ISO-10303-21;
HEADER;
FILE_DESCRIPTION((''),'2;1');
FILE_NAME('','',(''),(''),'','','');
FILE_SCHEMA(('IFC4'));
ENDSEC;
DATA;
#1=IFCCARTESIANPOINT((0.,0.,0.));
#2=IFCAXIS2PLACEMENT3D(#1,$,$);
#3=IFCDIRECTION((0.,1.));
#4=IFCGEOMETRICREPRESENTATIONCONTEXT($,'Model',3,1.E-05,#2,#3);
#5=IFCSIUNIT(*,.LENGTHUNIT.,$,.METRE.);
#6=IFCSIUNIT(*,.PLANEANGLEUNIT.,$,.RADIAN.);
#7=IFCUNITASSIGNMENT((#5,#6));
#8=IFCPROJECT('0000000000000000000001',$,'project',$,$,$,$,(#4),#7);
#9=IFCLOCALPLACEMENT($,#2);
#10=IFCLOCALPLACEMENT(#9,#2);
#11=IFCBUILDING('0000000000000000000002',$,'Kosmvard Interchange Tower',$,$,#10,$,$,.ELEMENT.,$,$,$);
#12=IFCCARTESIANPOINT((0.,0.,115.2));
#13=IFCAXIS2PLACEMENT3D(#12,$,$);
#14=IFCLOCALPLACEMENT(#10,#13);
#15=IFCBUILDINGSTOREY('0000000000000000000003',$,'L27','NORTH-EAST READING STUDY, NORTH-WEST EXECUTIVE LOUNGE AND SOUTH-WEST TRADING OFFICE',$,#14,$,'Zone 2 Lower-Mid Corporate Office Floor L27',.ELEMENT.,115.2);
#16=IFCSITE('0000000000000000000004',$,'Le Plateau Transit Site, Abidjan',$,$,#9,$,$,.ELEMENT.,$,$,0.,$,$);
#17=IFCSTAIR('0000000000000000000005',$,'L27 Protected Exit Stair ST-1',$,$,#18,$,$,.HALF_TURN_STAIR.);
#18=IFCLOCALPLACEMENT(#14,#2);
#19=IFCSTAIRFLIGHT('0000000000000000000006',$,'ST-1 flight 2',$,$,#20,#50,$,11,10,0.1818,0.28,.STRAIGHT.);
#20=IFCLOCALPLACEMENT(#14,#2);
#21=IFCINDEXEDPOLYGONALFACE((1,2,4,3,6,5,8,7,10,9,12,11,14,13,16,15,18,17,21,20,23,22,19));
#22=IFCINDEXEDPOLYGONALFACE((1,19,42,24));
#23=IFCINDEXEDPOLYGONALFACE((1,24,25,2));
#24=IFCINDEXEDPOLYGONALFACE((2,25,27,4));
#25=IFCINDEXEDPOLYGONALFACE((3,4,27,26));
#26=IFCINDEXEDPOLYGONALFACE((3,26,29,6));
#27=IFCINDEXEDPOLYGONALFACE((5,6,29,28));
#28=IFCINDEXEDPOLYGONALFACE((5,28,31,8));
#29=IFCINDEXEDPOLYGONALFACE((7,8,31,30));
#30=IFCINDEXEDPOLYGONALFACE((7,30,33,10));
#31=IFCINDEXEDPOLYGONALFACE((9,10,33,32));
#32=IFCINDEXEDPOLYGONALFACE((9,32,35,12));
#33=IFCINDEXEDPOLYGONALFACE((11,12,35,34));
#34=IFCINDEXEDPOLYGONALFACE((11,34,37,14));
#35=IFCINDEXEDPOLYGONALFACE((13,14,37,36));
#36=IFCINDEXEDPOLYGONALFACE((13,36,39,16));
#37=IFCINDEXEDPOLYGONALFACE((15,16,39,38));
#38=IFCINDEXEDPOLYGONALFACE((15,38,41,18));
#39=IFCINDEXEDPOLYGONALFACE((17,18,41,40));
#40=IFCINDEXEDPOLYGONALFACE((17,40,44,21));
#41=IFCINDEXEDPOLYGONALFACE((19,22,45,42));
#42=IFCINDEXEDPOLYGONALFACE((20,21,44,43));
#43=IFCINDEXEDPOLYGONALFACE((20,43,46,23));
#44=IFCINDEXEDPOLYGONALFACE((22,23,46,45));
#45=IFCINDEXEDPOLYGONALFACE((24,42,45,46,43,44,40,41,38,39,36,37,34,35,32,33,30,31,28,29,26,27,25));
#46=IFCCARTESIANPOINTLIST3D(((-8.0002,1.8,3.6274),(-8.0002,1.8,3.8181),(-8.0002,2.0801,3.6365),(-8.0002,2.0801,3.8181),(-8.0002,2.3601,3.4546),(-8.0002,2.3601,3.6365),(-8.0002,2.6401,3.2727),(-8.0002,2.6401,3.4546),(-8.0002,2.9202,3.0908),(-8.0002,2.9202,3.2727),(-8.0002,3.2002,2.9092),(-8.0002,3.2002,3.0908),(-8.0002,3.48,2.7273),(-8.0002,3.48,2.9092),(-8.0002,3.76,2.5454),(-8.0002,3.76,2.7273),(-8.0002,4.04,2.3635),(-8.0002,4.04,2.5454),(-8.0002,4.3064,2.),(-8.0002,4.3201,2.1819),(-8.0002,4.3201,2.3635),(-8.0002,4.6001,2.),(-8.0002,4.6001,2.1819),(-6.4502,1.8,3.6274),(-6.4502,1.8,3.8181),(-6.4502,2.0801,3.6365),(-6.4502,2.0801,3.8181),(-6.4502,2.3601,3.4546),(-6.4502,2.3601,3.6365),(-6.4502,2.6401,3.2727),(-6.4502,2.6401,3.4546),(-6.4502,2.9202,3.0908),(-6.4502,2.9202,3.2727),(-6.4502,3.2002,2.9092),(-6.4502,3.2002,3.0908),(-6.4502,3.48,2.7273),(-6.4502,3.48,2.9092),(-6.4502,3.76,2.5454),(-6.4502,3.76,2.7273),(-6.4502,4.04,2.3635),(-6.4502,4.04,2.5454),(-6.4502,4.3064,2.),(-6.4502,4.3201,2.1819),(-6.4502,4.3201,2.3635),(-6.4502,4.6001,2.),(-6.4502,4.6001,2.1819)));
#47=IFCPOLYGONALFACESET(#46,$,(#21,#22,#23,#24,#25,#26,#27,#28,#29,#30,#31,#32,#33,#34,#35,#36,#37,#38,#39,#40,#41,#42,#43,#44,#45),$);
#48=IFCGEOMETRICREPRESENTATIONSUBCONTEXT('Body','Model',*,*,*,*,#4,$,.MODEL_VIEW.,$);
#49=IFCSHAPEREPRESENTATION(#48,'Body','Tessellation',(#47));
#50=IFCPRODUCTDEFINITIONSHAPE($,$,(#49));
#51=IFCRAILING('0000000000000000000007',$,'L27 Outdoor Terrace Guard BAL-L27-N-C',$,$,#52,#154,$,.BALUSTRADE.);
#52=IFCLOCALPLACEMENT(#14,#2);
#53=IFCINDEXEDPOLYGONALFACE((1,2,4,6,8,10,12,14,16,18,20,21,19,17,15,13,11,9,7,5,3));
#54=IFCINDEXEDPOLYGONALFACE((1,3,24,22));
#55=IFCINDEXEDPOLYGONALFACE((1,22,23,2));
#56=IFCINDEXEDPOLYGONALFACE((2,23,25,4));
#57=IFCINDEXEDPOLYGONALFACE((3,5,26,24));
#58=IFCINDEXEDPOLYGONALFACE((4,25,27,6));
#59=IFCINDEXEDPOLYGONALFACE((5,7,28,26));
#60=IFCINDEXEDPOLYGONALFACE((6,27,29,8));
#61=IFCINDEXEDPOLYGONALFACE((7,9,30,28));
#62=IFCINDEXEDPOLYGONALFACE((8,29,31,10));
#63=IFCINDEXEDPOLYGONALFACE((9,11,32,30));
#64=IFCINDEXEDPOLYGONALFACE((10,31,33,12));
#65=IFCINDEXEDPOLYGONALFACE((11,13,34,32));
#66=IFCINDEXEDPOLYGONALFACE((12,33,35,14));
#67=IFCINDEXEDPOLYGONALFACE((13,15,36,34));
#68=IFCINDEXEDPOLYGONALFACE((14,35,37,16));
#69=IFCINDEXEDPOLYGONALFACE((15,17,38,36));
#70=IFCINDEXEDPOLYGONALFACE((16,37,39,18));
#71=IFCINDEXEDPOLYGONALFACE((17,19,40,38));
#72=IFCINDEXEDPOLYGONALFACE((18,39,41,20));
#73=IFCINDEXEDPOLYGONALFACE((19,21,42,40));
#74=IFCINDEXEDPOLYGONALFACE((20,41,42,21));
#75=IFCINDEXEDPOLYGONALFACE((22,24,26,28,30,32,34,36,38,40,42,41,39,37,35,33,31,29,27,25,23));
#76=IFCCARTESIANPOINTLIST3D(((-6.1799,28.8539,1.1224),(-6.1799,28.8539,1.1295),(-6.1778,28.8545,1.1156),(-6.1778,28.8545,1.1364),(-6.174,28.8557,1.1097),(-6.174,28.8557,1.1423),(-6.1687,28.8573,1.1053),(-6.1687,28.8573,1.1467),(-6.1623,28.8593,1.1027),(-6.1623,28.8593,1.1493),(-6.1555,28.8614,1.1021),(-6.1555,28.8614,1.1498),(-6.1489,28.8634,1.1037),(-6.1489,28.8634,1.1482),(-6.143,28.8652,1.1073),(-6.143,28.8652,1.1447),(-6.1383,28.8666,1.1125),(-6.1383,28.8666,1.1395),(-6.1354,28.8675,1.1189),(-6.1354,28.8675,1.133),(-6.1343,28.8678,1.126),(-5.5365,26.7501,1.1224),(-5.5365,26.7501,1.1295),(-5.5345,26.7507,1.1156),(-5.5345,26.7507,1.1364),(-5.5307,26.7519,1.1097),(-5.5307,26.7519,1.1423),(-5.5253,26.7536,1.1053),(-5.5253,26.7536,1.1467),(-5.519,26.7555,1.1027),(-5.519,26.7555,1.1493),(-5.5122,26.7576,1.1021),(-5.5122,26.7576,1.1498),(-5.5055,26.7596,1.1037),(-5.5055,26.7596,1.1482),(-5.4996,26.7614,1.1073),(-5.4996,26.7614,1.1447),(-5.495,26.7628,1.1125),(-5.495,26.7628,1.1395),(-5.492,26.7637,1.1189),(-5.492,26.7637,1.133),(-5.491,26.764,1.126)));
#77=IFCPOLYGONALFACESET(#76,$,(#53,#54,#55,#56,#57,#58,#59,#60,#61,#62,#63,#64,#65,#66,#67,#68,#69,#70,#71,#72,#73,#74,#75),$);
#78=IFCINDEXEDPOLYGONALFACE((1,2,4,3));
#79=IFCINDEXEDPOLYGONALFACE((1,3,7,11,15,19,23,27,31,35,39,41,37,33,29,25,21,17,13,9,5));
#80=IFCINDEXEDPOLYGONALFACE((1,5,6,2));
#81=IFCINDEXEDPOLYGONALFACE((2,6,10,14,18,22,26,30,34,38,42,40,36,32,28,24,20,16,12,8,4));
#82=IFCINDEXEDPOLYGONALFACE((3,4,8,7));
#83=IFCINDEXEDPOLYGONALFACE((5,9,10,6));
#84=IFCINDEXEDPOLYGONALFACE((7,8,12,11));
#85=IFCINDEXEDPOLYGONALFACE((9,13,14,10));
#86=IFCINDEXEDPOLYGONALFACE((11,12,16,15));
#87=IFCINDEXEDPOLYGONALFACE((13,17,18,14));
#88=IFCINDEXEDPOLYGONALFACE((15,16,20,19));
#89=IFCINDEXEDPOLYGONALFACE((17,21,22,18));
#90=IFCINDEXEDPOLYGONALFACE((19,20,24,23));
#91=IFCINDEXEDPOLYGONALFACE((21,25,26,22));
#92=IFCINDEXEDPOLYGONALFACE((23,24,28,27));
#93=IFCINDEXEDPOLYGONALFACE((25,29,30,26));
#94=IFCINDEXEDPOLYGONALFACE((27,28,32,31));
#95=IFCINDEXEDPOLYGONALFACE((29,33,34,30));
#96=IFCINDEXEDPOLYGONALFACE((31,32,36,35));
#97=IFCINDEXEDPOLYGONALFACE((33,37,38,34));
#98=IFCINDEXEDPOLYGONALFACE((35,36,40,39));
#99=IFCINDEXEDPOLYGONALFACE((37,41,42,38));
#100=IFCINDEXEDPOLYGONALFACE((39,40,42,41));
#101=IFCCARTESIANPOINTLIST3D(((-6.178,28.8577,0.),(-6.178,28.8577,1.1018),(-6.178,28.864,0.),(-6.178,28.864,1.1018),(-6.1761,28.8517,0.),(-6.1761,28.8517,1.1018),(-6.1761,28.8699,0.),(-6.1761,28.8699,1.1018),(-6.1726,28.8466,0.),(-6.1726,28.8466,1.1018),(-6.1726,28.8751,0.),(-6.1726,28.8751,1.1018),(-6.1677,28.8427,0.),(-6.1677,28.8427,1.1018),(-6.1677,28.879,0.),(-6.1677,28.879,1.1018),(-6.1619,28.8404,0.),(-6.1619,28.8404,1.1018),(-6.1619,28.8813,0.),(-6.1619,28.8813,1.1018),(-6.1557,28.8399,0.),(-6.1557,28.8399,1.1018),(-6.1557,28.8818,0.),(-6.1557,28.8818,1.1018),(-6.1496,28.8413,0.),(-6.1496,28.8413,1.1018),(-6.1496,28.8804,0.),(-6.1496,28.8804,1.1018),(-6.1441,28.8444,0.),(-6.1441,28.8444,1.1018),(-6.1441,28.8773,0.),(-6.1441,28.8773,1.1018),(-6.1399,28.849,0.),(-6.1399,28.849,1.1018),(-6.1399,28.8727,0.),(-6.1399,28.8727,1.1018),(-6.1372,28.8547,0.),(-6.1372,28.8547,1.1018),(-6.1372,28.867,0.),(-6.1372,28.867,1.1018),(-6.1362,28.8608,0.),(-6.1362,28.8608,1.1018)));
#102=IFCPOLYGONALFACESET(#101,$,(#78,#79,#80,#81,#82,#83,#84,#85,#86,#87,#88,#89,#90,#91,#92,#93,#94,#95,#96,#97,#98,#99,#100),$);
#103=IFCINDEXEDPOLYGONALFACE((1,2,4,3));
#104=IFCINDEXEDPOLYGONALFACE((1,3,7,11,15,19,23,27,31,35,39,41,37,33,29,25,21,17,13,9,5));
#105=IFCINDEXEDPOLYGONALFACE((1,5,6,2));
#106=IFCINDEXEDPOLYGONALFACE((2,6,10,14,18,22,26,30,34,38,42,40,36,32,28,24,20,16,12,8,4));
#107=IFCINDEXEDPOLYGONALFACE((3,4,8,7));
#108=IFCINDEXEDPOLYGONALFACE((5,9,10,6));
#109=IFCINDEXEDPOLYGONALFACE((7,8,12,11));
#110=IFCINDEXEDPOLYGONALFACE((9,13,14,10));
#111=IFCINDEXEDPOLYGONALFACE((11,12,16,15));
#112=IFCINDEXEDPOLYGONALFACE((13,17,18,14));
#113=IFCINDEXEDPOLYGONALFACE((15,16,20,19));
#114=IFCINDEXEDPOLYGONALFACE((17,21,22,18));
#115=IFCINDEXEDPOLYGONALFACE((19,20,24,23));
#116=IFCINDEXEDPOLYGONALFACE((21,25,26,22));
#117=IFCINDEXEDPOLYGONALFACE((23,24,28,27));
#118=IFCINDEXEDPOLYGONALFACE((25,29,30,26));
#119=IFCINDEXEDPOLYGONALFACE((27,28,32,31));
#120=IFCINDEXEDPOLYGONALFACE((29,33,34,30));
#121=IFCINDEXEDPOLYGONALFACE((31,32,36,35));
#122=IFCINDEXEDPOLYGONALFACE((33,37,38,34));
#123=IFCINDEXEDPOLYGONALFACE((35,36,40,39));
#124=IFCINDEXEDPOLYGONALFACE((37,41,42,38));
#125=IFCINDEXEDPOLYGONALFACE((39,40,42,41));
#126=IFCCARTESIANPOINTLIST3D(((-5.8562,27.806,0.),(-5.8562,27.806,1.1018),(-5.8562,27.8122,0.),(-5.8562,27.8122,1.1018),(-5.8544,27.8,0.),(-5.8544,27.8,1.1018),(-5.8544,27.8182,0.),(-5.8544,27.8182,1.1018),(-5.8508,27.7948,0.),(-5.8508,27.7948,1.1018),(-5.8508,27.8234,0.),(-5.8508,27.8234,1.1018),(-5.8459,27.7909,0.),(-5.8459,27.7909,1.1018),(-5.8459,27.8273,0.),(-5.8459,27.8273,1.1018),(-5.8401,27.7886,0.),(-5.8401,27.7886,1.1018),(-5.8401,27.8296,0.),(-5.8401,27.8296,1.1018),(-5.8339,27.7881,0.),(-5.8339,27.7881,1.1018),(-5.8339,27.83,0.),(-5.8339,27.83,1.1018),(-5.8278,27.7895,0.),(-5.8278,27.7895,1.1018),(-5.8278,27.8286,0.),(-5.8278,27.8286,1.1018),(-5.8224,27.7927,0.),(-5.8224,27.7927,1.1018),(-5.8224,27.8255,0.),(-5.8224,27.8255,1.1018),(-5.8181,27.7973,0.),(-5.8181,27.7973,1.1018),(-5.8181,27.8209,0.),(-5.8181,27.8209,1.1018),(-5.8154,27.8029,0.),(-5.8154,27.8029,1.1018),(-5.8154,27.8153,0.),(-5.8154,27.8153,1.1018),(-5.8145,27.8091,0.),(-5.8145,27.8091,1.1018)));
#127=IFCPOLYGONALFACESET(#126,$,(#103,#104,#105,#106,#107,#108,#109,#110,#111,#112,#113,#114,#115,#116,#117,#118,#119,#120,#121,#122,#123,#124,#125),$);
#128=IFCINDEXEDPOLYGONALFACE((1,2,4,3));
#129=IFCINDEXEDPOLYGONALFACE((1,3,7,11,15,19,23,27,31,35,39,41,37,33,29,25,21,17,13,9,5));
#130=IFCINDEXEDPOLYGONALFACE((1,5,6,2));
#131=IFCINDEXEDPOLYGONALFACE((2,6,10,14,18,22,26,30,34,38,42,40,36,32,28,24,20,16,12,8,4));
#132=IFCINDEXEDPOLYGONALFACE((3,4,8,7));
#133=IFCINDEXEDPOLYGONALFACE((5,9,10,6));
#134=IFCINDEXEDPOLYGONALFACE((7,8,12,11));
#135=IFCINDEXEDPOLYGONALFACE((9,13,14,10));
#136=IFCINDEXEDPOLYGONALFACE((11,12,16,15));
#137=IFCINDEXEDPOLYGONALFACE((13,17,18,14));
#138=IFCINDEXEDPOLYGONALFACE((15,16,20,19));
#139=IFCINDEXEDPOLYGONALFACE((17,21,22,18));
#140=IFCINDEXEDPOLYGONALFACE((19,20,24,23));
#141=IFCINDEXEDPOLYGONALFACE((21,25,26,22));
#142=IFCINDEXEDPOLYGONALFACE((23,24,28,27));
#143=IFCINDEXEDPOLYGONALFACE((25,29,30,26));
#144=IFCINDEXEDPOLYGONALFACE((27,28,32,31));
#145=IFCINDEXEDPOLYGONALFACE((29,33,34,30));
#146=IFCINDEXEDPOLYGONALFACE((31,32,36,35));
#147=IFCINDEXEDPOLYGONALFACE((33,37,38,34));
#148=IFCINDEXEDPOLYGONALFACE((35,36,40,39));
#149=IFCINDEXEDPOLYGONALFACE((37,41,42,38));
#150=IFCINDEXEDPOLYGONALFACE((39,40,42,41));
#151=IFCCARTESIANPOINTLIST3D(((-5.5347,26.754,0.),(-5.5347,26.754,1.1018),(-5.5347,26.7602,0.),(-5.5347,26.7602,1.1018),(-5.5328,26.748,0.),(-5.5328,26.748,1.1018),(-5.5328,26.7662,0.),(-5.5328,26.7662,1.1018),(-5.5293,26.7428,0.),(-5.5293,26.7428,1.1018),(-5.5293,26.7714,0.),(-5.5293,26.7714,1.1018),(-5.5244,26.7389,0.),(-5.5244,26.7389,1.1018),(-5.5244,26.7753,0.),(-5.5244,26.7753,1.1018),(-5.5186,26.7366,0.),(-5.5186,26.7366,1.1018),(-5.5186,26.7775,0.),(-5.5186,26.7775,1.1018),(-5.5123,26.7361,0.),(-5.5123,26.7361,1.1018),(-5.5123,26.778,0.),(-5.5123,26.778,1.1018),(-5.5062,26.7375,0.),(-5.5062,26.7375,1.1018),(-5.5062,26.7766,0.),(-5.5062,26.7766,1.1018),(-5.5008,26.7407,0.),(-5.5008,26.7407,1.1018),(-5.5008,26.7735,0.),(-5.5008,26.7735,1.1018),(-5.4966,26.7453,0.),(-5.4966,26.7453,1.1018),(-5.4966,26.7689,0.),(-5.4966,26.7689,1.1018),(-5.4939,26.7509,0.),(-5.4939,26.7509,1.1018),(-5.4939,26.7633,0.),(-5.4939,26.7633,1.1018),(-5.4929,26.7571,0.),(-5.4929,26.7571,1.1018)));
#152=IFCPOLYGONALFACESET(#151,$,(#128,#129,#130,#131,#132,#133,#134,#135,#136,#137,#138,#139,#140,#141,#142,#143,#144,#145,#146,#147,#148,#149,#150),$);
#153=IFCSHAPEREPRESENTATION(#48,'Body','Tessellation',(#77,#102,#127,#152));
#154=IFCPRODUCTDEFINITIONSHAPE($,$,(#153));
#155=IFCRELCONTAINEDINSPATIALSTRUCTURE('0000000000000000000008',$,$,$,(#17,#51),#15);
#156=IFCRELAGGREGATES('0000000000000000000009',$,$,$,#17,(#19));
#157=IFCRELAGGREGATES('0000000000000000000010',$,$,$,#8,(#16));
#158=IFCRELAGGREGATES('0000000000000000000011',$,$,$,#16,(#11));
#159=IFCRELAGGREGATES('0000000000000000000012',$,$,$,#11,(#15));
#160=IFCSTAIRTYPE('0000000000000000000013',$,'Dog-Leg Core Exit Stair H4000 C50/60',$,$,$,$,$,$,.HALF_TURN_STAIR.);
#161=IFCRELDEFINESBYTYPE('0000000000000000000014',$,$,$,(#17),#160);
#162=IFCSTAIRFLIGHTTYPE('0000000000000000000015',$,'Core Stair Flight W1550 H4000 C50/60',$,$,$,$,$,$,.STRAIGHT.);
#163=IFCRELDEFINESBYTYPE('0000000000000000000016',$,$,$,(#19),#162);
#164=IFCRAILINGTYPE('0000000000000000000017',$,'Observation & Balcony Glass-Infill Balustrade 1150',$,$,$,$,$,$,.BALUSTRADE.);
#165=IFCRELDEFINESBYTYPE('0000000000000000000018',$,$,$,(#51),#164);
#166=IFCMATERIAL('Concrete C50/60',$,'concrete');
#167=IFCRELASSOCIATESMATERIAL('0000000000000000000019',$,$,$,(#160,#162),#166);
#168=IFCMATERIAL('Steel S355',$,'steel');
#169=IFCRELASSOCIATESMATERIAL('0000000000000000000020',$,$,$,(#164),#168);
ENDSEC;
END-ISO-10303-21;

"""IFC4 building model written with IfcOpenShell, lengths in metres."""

from ifc_helpers import new_model, si_unit, direction, frame, origin, origin_2d, place, context, subcontext, project, spatial, polyline, circle, outline, extrude, source, transform, mapped, material, type_object, element, aggregate, save


model = new_model("IFC4")

# Units and contexts
model_context = context("Model", 3, precision=1e-05, world=origin(), true_north=direction((0.0, 1.0)))
body_context = subcontext(model_context, "Body", "Model", "MODEL_VIEW")
ifc_project = project(units=[si_unit("LENGTHUNIT", "METRE"), si_unit("PLANEANGLEUNIT", "RADIAN")], contexts=[model_context])

# Site, building, storey
site_placement = place(None, origin())
site = spatial("IfcSite", under=ifc_project, at=site_placement, Name="Le Plateau Transit Site, Abidjan", CompositionType="ELEMENT", RefElevation=0.0)
building_placement = place(site_placement, origin())
building = spatial("IfcBuilding", under=site, at=building_placement, Name="Kosmvard Interchange Tower", CompositionType="ELEMENT")
storey_placement = place(building_placement, frame((0.0, 0.0, 115.2)))
storey = spatial("IfcBuildingStorey", under=building, at=storey_placement, Name="L27", Description="NORTH-EAST READING STUDY, NORTH-WEST EXECUTIVE LOUNGE AND SOUTH-WEST TRADING OFFICE", LongName="Zone 2 Lower-Mid Corporate Office Floor L27", CompositionType="ELEMENT", Elevation=115.2)

# Shared definitions
ifc_material_1 = material(Name="Steel S355", Category="steel")

# Stair, stair flight
ifc_material_2 = material(Name="Concrete C50/60", Category="concrete")
stair_type = type_object("IfcStairType", Name="Dog-Leg Core Exit Stair H4000 C50/60", PredefinedType="HALF_TURN_STAIR", material=ifc_material_2)
stair_placement = place(storey_placement, origin())
stair = element("IfcStair", 1, at=stair_placement, inside=storey, type_object=stair_type, Name="L27 Protected Exit Stair ST-1", PredefinedType="HALF_TURN_STAIR")
stair_flight_type = type_object("IfcStairFlightType", Name="Core Stair Flight W1550 H4000 C50/60", PredefinedType="STRAIGHT", material=ifc_material_2)
shared_shape_1 = source(origin(), body_context, "Body", "SweptSolid", [
    extrude(outline(polyline([(0.0, 0.0), (0.0, 0.1819), (0.28, 0.1819), (0.28, 0.3635), (0.5601, 0.3635), (0.5601, 0.5454), (0.8401, 0.5454), (0.8401, 0.7273), (1.1201, 0.7273), (1.1201, 0.9092), (1.3999, 0.9092), (1.3999, 1.0908), (1.6799, 1.0908), (1.6799, 1.2727), (1.96, 1.2727), (1.96, 1.4546), (2.24, 1.4546), (2.24, 1.6365), (2.52, 1.6365), (2.52, 1.8181), (2.8, 1.8181), (2.8, 2.0), (2.8, 1.6274), (0.2937, 0.0), (0.0, 0.0)])), frame((0.0, 0.7749, 0.0), z_axis=(0.0, -1.0, 0.0), x_axis=(1.0, 0.0, 0.0)), (0.0, 0.0, 1.0), 1.55),
])
stair_flight_placement = place(storey_placement, frame((-7.2251, 4.6001, 2.0), z_axis=(0.0, 0.0, 1.0), x_axis=(0.0, -1.0, 0.0)))
stair_flight = element("IfcStairFlight", 2, at=stair_flight_placement, type_object=stair_flight_type, Name="ST-1 flight 2", NumberOfRisers=11, NumberOfTreads=10, PredefinedType="STRAIGHT", RiserHeight=0.1818, TreadLength=0.28, context=body_context, shape_type="MappedRepresentation", body=[
    mapped(shared_shape_1, transform((0.0, 0.0, 0.0), scale=1.0)),
])
aggregate(stair, [stair_flight])

# Railing
railing_type_1 = type_object("IfcRailingType", Name="Observation & Balcony Glass-Infill Balustrade 1150", PredefinedType="BALUSTRADE", material=ifc_material_1)
shared_shape_2 = source(origin(), body_context, "Body", "SweptSolid", [
    extrude(circle(Radius=0.0239, at=origin_2d()), frame((0.0, 0.0, 1.126), z_axis=(0.292424, -0.956289, 0.0), x_axis=(0.956289, 0.292424, 0.0)), (0.0, 0.0, 1.0), 2.2),
    extrude(circle(Radius=0.021, at=origin_2d()), origin(), (0.0, 0.0, 1.0), 1.1018),
    extrude(circle(Radius=0.021, at=origin_2d()), frame((0.3218, -1.0518, 0.0)), (0.0, 0.0, 1.0), 1.1018),
    extrude(circle(Radius=0.021, at=origin_2d()), frame((0.6433, -2.1038, 0.0)), (0.0, 0.0, 1.0), 1.1018),
])
railing_1_placement = place(storey_placement, frame((-6.1572, 28.8608, 0.0)))
element("IfcRailing", 3, at=railing_1_placement, inside=storey, type_object=railing_type_1, Name="L27 Outdoor Terrace Guard BAL-L27-N-C", PredefinedType="BALUSTRADE", context=body_context, shape_type="MappedRepresentation", body=[
    mapped(shared_shape_2, transform((0.0, 0.0, 0.0), scale=1.0)),
])

save(model, "model.ifc")
